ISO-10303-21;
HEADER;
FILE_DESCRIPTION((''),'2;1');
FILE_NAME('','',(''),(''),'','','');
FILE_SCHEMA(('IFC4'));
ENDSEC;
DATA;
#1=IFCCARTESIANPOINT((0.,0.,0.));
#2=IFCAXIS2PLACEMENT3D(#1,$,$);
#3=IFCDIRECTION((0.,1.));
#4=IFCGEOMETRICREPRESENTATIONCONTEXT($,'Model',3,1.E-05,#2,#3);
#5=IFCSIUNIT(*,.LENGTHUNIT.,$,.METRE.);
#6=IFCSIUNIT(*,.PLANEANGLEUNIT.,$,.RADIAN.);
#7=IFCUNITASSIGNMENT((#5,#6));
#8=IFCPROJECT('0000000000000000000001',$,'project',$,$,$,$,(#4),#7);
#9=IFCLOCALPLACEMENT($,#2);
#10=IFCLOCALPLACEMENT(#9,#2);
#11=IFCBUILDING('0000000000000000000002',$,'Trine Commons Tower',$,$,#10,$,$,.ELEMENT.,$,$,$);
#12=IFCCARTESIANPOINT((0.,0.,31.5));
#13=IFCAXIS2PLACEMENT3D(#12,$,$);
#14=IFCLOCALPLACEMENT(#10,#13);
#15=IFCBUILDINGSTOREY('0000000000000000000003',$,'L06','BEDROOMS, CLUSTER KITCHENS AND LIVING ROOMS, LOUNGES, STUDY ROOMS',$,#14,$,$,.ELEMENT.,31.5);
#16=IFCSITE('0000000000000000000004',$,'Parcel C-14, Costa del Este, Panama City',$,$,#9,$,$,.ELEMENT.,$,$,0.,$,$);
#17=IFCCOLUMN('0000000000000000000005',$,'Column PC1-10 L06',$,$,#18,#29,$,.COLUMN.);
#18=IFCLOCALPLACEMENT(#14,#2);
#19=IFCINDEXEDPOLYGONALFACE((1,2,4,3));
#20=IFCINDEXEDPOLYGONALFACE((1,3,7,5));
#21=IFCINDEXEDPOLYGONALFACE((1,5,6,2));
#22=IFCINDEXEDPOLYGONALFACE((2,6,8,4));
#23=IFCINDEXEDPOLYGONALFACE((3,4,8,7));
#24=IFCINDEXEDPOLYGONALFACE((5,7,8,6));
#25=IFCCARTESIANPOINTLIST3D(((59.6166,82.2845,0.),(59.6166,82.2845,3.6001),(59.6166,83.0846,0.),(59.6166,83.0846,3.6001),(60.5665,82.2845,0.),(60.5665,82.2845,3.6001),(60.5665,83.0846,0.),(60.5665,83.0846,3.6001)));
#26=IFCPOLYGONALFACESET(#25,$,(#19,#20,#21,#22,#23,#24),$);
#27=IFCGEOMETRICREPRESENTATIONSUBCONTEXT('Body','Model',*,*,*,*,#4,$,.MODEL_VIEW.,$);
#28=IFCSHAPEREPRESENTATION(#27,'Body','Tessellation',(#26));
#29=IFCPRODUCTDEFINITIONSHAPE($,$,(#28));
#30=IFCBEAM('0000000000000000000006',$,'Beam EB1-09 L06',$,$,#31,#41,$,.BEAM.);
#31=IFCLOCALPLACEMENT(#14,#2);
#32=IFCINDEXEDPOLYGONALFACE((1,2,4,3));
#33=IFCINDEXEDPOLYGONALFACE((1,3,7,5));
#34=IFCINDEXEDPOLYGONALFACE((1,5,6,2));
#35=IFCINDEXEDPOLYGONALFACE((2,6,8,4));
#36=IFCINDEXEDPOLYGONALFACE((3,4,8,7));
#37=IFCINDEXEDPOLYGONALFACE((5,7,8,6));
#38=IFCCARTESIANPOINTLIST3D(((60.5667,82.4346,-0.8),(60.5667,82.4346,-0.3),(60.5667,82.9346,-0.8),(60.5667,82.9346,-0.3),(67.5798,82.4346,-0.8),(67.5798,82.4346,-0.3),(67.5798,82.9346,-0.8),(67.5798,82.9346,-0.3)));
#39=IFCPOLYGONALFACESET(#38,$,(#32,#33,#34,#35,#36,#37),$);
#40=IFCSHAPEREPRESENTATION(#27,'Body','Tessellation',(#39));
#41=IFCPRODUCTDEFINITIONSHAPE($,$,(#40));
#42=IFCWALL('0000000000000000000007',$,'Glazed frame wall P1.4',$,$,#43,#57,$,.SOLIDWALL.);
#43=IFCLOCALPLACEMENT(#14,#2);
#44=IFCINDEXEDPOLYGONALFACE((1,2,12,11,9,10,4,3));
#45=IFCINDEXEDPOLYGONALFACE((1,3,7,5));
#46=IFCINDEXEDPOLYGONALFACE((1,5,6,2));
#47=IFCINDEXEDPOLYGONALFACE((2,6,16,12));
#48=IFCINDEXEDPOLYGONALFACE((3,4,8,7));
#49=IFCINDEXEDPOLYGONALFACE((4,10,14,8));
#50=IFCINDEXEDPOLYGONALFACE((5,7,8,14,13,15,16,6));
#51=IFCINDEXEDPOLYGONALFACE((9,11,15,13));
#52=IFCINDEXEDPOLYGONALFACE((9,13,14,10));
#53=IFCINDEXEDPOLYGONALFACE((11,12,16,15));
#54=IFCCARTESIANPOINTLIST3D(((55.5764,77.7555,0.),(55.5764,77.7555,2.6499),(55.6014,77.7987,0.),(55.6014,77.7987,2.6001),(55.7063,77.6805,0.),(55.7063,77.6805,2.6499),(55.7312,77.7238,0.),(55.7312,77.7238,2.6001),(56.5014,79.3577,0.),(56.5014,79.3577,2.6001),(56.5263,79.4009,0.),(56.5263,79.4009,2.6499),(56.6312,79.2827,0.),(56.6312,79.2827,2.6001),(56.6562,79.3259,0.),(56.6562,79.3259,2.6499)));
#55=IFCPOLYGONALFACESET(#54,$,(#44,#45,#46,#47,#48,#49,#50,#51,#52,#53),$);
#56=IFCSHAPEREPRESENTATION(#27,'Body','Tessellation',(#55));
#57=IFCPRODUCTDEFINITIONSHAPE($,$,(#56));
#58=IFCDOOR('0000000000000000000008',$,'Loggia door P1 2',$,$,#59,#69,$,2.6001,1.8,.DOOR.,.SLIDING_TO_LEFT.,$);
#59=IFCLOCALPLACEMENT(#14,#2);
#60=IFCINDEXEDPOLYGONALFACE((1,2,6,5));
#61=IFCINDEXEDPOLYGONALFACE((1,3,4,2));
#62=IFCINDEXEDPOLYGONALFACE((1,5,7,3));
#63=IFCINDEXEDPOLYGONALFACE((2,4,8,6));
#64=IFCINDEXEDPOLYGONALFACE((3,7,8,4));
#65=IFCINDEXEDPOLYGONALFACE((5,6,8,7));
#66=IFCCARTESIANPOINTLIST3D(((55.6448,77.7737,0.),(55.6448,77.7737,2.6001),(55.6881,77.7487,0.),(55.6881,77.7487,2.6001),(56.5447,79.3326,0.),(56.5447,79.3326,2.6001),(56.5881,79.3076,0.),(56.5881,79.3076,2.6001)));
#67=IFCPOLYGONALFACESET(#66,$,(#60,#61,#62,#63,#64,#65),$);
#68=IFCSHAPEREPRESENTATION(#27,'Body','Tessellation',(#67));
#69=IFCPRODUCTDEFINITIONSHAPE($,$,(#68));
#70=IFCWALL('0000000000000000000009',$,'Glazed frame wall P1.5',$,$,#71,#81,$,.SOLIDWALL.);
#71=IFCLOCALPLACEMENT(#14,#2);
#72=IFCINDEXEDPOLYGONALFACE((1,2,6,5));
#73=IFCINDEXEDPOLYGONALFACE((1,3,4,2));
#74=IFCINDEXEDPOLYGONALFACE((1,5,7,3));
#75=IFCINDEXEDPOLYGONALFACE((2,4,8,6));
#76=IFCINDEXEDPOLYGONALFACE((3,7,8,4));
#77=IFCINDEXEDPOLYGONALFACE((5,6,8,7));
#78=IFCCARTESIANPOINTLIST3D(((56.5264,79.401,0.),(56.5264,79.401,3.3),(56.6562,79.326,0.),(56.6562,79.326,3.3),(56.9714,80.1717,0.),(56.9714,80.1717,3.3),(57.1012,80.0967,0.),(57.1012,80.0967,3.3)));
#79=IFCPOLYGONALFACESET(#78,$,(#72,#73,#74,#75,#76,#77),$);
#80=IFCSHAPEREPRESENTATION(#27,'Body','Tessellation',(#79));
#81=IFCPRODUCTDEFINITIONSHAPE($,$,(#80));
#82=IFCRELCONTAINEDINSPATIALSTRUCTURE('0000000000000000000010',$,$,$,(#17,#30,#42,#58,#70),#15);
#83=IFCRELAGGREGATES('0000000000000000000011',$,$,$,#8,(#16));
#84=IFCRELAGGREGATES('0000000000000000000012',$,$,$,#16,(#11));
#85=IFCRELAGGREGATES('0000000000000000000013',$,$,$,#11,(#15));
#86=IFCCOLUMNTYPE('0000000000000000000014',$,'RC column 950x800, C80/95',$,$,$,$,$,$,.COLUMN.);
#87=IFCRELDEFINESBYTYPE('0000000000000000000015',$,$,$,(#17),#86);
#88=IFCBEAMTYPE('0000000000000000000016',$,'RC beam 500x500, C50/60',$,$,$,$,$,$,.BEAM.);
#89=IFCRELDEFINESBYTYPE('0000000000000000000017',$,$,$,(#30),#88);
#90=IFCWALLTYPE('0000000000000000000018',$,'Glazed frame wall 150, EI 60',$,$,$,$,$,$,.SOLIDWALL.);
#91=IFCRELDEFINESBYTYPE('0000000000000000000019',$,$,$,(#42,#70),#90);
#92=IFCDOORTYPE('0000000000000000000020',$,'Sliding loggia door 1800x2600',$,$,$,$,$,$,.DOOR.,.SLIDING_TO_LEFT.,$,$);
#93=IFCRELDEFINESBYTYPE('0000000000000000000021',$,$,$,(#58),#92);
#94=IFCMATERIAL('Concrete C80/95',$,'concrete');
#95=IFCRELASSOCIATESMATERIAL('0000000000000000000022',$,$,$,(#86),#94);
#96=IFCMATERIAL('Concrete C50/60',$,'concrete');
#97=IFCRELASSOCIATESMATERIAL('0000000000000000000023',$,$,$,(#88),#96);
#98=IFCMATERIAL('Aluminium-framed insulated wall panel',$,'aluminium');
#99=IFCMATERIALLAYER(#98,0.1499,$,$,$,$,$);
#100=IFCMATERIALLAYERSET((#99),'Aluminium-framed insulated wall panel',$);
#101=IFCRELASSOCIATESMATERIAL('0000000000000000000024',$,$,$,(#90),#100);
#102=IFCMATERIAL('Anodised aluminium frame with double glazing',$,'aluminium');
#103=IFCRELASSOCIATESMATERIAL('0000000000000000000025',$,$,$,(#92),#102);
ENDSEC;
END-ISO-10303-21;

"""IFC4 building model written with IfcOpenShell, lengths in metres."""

from ifc_helpers import new_model, si_unit, direction, frame, frame_2d, origin, origin_2d, place, context, subcontext, project, spatial, polyline, rectangle, outline, extrude, material, layer, layer_set, material_profile, profile_set, type_object, element, fill, save


model = new_model("IFC4")

# Units and contexts
model_context = context("Model", 3, precision=1e-05, world=origin(), true_north=direction((0.0, 1.0)))
body_context = subcontext(model_context, "Body", "Model", "MODEL_VIEW")
ifc_project = project(units=[si_unit("LENGTHUNIT", "METRE"), si_unit("PLANEANGLEUNIT", "RADIAN")], contexts=[model_context])

# Site, building, storey
site_placement = place(None, origin())
site = spatial("IfcSite", under=ifc_project, at=site_placement, Name="Parcel C-14, Costa del Este, Panama City", CompositionType="ELEMENT", RefElevation=0.0)
building_placement = place(site_placement, origin())
building = spatial("IfcBuilding", under=site, at=building_placement, Name="Trine Commons Tower", CompositionType="ELEMENT")
storey_placement = place(building_placement, frame((0.0, 0.0, 31.5)))
storey = spatial("IfcBuildingStorey", under=building, at=storey_placement, Name="L06", Description="BEDROOMS, CLUSTER KITCHENS AND LIVING ROOMS, LOUNGES, STUDY ROOMS", CompositionType="ELEMENT", Elevation=31.5)

# Column
ifc_material_1 = material(Name="Concrete C80/95", Category="concrete")
ifc_material_profile_1 = material_profile(ifc_material_1, rectangle(XDim=0.95, YDim=0.8, at=origin_2d()), Name="RC 950x800")
ifc_profile_set_1 = profile_set([ifc_material_profile_1], Name="Concrete C80/95")
column_type = type_object("IfcColumnType", Name="RC column 950x800, C80/95", PredefinedType="COLUMN", material=ifc_profile_set_1)
column_placement = place(storey_placement, frame((60.0916, 82.6846, 0.0), z_axis=(0.0, 0.0, 1.0), x_axis=(1.0, 0.0, 0.0)))
element("IfcColumn", 1, at=column_placement, inside=storey, type_object=column_type, Name="Column PC1-10 L06", PredefinedType="COLUMN", context=body_context, shape_type="SweptSolid", body=[
    extrude(rectangle(XDim=0.95, YDim=0.8, at=origin_2d()), origin(), (0.0, 0.0, 1.0), 3.6001),
])

# Beam
ifc_material_2 = material(Name="Concrete C50/60", Category="concrete")
ifc_material_profile_2 = material_profile(ifc_material_2, rectangle(XDim=0.5, YDim=0.5, at=origin_2d()), Name="RC 500x500")
ifc_profile_set_2 = profile_set([ifc_material_profile_2], Name="Concrete C50/60")
beam_type = type_object("IfcBeamType", Name="RC beam 500x500, C50/60", PredefinedType="BEAM", material=ifc_profile_set_2)
beam_placement = place(storey_placement, frame((60.5667, 82.6846, -0.55), z_axis=(1.0, 0.0, 0.0), x_axis=(0.0, 1.0, 0.0)))
element("IfcBeam", 2, at=beam_placement, inside=storey, type_object=beam_type, Name="Beam EB1-09 L06", PredefinedType="BEAM", context=body_context, shape_type="SweptSolid", body=[
    extrude(rectangle(XDim=0.5, YDim=0.5, at=origin_2d()), origin(), (0.0, 0.0, 1.0), 7.0132),
])

# Wall, opening, door
ifc_material_3 = material(Name="Aluminium-framed insulated wall panel", Category="aluminium")
ifc_layer = layer(ifc_material_3, 0.1499)
ifc_layer_set = layer_set([ifc_layer], Name="Aluminium-framed insulated wall panel")
wall_type = type_object("IfcWallType", Name="Glazed frame wall 150, EI 60", PredefinedType="SOLIDWALL", material=ifc_layer_set)
wall_1_placement = place(storey_placement, frame((55.6414, 77.718, 0.0), z_axis=(0.0, 0.0, 1.0), x_axis=(0.499967, 0.866044, 0.0)))
wall_1 = element("IfcWall", 3, at=wall_1_placement, inside=storey, type_object=wall_type, Name="Glazed frame wall P1.4", PredefinedType="SOLIDWALL", context=body_context, shape_type="SweptSolid", body=[
    extrude(outline(polyline([(0.0, -0.075), (1.8999, -0.075), (1.8999, 0.075), (0.0, 0.075), (0.0, -0.075)])), origin(), (0.0, 0.0, 1.0), 2.6499),
])
opening_1_placement = place(wall_1_placement, frame((0.05, 0.0, 0.0)))
opening_1 = element("IfcOpeningElement", 4, at=opening_1_placement, cuts=wall_1, PredefinedType="OPENING", context=body_context, shape_type="SweptSolid", body=[
    extrude(rectangle(XDim=1.8, YDim=2.6001, at=frame_2d((0.8999, 1.3))), frame((0.0, 0.085, 0.0), z_axis=(0.0, -1.0, 0.0), x_axis=(1.0, 0.0, 0.0)), (0.0, 0.0, 1.0), 0.1699),
])
ifc_material_4 = material(Name="Anodised aluminium frame with double glazing", Category="aluminium")
door_type = type_object("IfcDoorType", Name="Sliding loggia door 1800x2600", OperationType="SLIDING_TO_LEFT", PredefinedType="DOOR", material=ifc_material_4)
door_1_placement = place(opening_1_placement, origin())
door_1 = element("IfcDoor", 5, at=door_1_placement, inside=storey, type_object=door_type, Name="Loggia door P1 2", OperationType="SLIDING_TO_LEFT", OverallHeight=2.6001, OverallWidth=1.8, PredefinedType="DOOR", context=body_context, shape_type="SweptSolid", body=[
    extrude(rectangle(XDim=1.8, YDim=2.6001, at=frame_2d((0.8999, 1.3))), frame((0.0, 0.0249, 0.0), z_axis=(0.0, -1.0, 0.0), x_axis=(1.0, 0.0, 0.0)), (0.0, 0.0, 1.0), 0.05),
])
fill(opening_1, door_1)

# Wall
wall_2_placement = place(storey_placement, frame((56.5913, 79.3635, 0.0), z_axis=(0.0, 0.0, 1.0), x_axis=(0.500025, 0.866011, 0.0)))
element("IfcWall", 6, at=wall_2_placement, inside=storey, type_object=wall_type, Name="Glazed frame wall P1.5", PredefinedType="SOLIDWALL", context=body_context, shape_type="SweptSolid", body=[
    extrude(outline(polyline([(0.8899, 0.075), (0.0, 0.075), (0.0, -0.075), (0.8899, -0.075), (0.8899, 0.075)])), origin(), (0.0, 0.0, 1.0), 3.3),
])

save(model, "model.ifc")
